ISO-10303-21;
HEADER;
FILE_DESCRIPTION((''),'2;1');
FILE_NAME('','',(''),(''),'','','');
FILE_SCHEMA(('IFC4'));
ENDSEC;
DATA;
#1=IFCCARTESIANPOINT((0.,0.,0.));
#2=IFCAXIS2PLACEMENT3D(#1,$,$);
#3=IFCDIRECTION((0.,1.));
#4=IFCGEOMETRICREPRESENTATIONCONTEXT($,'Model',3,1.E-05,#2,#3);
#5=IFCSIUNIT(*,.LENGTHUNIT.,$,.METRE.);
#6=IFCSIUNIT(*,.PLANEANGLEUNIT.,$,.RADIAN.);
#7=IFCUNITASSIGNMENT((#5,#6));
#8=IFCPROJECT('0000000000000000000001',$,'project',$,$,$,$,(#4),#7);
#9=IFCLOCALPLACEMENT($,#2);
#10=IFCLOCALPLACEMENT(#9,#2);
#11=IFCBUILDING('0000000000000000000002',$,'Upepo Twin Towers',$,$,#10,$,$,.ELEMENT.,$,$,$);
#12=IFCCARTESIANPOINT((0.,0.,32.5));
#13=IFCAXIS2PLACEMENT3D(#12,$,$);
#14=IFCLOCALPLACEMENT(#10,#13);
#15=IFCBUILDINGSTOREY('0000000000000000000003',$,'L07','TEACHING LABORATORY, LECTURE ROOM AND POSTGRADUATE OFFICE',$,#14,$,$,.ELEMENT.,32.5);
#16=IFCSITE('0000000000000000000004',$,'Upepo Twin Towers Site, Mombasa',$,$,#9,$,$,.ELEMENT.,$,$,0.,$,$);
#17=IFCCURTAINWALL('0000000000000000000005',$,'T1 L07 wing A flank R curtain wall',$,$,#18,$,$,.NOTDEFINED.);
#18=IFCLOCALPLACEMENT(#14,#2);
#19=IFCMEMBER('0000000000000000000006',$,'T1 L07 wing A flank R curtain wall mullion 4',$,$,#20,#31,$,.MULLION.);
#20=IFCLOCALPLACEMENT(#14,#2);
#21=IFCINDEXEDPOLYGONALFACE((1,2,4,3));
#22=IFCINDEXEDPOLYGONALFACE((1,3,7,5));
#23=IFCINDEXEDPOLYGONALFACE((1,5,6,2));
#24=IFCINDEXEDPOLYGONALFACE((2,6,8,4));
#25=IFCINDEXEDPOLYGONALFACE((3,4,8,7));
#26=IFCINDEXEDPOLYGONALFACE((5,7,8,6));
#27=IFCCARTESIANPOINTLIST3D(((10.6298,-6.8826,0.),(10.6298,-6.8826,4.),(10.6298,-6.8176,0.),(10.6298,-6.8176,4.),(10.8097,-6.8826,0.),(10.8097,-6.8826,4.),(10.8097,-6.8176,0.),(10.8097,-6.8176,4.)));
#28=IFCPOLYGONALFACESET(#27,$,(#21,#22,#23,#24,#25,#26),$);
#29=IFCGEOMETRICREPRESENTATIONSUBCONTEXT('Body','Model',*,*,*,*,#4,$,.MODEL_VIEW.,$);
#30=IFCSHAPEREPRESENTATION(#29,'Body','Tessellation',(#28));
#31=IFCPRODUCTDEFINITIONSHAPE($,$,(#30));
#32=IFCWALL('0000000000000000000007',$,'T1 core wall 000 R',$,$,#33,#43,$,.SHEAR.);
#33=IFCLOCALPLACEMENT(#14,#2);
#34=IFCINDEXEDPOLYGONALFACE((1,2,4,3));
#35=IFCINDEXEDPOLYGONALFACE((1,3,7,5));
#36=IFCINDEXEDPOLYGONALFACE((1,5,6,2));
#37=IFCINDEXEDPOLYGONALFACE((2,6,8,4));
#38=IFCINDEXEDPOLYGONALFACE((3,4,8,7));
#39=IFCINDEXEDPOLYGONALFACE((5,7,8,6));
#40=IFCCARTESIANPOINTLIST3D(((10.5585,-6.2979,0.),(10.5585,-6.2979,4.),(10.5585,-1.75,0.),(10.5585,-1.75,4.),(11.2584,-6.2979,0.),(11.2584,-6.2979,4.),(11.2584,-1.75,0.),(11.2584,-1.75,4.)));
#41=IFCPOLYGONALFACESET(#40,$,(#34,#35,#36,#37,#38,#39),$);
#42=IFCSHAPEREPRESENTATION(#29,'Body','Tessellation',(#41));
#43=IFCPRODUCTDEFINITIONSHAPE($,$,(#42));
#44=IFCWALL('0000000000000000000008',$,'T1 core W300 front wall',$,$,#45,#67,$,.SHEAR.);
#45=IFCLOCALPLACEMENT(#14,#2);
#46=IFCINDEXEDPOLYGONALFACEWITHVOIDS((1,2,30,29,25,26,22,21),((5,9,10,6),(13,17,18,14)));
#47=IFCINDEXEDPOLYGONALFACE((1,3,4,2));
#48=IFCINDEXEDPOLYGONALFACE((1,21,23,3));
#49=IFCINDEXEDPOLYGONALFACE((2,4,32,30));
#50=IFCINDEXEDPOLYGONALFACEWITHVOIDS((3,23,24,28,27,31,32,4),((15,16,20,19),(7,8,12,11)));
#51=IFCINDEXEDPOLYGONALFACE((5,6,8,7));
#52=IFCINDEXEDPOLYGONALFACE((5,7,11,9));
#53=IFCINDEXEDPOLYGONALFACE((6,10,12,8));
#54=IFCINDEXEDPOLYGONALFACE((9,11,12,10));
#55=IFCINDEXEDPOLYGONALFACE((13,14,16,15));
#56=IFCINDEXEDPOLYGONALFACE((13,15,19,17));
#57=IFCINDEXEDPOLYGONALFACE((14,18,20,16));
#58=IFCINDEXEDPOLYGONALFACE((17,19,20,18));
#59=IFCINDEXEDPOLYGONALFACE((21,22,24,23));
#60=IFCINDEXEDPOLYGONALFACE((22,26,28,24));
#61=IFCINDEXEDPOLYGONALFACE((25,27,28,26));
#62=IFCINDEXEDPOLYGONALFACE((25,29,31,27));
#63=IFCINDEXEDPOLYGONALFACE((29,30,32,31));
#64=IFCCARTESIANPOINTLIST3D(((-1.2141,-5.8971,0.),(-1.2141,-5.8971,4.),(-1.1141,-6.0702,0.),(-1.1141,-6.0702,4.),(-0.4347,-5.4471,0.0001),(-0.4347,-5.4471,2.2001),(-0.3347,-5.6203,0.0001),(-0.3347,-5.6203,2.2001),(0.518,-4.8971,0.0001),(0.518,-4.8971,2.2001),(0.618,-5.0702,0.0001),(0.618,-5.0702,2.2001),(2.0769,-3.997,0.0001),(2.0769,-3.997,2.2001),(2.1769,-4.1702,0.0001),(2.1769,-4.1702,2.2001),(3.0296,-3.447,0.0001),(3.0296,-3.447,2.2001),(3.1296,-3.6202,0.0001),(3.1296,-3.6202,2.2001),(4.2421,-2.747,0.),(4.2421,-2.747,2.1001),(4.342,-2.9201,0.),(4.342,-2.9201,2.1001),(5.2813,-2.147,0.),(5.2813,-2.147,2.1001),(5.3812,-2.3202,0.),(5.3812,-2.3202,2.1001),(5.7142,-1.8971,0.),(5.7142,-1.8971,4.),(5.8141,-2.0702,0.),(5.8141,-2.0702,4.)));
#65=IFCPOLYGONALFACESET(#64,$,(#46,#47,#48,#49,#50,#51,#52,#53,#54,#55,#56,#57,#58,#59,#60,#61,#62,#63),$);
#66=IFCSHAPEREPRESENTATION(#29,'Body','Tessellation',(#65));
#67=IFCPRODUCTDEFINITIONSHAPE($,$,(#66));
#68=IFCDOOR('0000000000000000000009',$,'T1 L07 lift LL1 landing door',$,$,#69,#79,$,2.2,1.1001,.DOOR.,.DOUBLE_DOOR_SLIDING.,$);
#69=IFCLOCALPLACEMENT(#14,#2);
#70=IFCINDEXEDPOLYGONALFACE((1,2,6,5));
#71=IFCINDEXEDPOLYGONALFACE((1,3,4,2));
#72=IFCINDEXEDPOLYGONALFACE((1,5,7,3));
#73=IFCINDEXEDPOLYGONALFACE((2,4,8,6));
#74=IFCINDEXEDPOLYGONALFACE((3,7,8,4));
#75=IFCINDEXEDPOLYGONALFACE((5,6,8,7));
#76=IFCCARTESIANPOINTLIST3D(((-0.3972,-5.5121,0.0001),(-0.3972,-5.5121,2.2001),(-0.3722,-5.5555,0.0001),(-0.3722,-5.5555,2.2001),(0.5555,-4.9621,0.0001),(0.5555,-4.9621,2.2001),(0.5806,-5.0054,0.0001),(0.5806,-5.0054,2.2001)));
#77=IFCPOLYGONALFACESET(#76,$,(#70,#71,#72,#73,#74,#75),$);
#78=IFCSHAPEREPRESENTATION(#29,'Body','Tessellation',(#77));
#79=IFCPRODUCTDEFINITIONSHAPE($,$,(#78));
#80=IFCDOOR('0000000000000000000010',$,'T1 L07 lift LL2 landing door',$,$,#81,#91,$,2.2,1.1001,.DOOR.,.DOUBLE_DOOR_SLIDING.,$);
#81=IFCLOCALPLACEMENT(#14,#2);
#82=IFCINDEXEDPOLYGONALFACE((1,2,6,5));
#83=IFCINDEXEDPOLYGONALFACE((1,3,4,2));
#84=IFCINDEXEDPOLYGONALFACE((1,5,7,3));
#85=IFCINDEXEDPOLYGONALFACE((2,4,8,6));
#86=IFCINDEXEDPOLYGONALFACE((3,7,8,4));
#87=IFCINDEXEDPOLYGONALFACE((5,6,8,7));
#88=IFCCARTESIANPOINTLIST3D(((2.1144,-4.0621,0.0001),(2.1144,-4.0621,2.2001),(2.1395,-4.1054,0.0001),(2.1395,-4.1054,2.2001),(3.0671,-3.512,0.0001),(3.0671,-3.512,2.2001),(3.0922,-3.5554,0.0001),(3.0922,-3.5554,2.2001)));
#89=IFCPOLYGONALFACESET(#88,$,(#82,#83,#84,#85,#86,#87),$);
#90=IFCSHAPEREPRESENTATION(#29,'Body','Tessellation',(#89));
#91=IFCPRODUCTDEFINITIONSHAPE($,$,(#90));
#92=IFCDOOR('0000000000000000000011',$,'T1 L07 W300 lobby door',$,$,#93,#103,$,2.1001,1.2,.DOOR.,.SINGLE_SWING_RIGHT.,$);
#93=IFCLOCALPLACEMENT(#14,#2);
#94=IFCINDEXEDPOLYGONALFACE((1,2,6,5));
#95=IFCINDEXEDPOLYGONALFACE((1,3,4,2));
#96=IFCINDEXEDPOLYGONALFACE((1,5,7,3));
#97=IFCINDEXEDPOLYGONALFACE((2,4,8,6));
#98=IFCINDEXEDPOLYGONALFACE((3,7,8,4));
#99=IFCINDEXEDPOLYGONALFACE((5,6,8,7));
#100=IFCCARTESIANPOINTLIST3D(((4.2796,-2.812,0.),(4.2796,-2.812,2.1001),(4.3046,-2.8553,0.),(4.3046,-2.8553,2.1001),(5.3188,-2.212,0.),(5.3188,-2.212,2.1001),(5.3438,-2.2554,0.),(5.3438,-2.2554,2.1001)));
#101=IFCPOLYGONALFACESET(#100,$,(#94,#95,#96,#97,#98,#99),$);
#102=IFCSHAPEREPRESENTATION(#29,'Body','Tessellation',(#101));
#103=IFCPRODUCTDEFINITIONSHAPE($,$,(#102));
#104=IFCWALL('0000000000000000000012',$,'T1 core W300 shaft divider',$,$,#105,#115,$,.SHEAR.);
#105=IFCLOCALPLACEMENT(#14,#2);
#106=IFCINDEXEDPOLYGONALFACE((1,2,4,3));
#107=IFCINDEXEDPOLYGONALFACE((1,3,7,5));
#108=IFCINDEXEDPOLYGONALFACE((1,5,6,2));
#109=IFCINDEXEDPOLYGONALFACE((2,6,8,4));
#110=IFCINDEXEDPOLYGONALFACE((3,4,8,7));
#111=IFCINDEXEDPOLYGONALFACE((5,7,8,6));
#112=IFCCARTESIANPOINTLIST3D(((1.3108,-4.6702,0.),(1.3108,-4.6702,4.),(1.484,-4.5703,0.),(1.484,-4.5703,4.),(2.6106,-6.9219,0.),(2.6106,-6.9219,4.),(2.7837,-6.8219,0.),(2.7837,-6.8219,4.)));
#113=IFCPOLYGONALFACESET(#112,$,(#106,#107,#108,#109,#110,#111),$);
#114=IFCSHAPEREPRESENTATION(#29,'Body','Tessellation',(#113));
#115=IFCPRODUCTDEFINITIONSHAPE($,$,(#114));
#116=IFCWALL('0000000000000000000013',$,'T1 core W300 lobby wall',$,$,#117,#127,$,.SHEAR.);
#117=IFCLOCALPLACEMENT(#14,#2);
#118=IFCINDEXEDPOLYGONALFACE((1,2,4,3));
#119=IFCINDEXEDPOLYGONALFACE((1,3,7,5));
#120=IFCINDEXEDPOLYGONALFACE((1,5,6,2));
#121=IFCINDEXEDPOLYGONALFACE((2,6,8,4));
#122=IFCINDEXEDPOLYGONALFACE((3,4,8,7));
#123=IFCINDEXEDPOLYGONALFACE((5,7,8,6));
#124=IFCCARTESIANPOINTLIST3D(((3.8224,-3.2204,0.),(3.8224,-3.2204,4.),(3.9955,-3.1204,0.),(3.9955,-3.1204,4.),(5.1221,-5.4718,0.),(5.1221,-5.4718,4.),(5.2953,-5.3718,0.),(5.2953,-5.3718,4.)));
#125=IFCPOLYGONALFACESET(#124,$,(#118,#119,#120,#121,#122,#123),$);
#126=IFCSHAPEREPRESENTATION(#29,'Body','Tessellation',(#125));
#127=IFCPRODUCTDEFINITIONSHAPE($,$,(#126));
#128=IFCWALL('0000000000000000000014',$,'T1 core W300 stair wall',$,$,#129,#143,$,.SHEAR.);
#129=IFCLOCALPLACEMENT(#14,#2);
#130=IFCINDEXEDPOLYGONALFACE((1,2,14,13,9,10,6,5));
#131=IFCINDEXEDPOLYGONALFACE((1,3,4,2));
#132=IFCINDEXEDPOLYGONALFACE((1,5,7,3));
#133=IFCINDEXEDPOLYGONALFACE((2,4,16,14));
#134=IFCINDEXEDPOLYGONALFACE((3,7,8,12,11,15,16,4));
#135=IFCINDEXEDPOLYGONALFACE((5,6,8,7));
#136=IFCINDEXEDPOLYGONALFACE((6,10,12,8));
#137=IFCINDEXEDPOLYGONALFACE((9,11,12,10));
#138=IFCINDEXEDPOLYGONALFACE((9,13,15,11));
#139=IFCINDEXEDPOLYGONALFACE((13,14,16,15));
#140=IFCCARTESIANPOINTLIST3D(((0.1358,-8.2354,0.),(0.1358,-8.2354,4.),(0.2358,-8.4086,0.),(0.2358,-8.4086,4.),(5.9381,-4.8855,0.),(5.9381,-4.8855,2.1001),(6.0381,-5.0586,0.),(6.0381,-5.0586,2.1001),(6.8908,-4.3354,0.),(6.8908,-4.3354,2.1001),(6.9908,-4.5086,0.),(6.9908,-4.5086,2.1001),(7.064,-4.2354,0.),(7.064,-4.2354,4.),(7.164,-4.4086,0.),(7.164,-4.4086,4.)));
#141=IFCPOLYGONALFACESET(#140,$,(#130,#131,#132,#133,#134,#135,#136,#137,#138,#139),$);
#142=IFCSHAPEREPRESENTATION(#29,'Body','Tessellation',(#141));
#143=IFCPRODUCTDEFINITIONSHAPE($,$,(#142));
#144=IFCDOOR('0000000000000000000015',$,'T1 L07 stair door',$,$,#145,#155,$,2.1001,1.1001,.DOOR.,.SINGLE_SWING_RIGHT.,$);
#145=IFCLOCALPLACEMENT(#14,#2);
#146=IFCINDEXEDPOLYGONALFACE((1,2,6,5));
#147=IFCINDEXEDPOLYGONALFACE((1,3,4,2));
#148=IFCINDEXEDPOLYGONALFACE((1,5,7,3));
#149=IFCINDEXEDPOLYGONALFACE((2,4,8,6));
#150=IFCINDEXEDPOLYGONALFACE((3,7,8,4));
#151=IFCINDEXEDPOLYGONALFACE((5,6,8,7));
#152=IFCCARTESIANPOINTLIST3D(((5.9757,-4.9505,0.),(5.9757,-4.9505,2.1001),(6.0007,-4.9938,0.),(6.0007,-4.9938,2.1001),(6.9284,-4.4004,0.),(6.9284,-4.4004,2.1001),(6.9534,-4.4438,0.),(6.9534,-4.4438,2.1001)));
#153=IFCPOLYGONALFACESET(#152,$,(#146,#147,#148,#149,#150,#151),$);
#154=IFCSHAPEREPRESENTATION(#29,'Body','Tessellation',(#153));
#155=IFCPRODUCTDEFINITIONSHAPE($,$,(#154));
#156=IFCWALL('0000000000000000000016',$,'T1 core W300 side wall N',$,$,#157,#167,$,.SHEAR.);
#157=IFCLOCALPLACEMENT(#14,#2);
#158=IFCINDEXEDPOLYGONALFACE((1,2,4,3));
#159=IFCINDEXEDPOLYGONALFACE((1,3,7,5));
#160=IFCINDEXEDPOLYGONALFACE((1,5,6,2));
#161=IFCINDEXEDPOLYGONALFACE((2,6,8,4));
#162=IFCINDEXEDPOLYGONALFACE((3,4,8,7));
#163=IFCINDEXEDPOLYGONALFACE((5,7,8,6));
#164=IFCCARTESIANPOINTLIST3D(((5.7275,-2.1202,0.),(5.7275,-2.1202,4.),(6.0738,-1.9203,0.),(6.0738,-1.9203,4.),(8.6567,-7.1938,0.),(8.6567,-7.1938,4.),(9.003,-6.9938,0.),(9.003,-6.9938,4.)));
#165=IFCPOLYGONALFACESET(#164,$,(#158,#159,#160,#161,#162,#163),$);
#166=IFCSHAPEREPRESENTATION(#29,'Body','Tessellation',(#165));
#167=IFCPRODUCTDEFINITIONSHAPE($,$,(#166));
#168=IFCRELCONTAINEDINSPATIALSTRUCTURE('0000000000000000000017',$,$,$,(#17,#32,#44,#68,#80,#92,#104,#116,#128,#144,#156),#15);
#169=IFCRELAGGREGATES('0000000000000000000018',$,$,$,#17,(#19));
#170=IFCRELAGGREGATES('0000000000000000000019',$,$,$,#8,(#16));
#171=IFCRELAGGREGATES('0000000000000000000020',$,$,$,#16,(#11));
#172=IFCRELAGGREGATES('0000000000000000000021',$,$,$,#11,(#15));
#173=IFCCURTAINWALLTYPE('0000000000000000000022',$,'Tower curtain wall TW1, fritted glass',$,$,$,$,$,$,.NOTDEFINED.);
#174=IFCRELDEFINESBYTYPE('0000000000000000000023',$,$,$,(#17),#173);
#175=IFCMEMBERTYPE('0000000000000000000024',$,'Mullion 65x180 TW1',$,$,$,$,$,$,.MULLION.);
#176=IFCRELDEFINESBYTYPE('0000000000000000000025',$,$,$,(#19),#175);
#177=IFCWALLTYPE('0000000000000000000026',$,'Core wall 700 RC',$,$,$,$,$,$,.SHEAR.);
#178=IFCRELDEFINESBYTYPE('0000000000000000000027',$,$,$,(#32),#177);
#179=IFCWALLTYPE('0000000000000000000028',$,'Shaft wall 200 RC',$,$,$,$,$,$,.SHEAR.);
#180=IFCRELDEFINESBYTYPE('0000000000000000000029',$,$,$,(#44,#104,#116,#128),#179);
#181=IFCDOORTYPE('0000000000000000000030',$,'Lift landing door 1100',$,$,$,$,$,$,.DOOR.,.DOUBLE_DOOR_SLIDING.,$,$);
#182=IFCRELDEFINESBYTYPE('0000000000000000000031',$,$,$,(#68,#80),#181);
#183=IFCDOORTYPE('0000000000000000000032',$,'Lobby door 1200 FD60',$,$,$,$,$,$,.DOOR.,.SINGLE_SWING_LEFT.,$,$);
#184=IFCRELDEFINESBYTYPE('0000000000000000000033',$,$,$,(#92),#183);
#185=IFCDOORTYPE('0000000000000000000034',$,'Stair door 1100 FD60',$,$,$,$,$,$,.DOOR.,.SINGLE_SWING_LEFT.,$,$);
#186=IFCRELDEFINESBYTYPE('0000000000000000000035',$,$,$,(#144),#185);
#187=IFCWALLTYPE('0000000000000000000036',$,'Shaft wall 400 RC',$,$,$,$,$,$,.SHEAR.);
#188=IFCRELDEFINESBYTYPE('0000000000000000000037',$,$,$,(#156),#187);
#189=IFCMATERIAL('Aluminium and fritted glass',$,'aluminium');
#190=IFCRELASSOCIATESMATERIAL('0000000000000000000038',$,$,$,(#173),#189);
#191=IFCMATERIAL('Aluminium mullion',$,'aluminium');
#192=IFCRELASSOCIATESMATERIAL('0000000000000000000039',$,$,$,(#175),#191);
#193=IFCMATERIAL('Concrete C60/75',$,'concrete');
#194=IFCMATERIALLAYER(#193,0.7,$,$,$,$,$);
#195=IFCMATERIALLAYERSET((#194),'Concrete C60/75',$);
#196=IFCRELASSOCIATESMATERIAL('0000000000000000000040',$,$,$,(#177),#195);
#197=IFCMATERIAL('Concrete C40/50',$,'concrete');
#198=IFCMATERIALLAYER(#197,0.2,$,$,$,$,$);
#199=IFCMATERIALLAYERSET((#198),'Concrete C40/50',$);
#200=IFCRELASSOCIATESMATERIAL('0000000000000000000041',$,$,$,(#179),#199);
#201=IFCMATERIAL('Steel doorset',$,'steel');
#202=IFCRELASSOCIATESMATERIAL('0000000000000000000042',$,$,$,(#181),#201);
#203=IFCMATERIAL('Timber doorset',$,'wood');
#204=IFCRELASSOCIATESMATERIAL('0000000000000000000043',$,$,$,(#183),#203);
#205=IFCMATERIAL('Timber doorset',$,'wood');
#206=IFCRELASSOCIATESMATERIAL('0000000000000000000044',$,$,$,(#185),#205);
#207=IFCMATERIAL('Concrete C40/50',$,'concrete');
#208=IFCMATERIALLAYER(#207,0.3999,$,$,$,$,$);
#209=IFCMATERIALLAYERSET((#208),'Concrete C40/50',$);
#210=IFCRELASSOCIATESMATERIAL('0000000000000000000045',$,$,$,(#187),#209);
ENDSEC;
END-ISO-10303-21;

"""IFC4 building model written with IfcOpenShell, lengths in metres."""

from ifc_helpers import new_model, si_unit, direction, frame, frame_2d, origin, origin_2d, place, context, subcontext, project, spatial, rectangle, extrude, material, layer, layer_set, material_profile, profile_set, type_object, element, fill, aggregate, save


model = new_model("IFC4")

# Units and contexts
model_context = context("Model", 3, precision=1e-05, world=origin(), true_north=direction((0.0, 1.0)))
body_context = subcontext(model_context, "Body", "Model", "MODEL_VIEW")
ifc_project = project(units=[si_unit("LENGTHUNIT", "METRE"), si_unit("PLANEANGLEUNIT", "RADIAN")], contexts=[model_context])

# Site, building, storey
site_placement = place(None, origin())
site = spatial("IfcSite", under=ifc_project, at=site_placement, Name="Upepo Twin Towers Site, Mombasa", CompositionType="ELEMENT", RefElevation=0.0)
building_placement = place(site_placement, origin())
building = spatial("IfcBuilding", under=site, at=building_placement, Name="Upepo Twin Towers", CompositionType="ELEMENT")
storey_placement = place(building_placement, frame((0.0, 0.0, 32.5)))
storey = spatial("IfcBuildingStorey", under=building, at=storey_placement, Name="L07", Description="TEACHING LABORATORY, LECTURE ROOM AND POSTGRADUATE OFFICE", CompositionType="ELEMENT", Elevation=32.5)

# Curtain wall, member
ifc_material_1 = material(Name="Aluminium and fritted glass", Category="aluminium")
curtain_wall_type = type_object("IfcCurtainWallType", Name="Tower curtain wall TW1, fritted glass", PredefinedType="NOTDEFINED", material=ifc_material_1)
curtain_wall_placement = place(storey_placement, origin())
curtain_wall = element("IfcCurtainWall", 1, at=curtain_wall_placement, inside=storey, type_object=curtain_wall_type, Name="T1 L07 wing A flank R curtain wall", PredefinedType="NOTDEFINED")
ifc_material_2 = material(Name="Aluminium mullion", Category="aluminium")
ifc_material_profile = material_profile(ifc_material_2, rectangle(XDim=0.0649, YDim=0.1799, at=origin_2d()), Name="MULLION 65x180")
ifc_profile_set = profile_set([ifc_material_profile], Name="Aluminium mullion")
member_type = type_object("IfcMemberType", Name="Mullion 65x180 TW1", PredefinedType="MULLION", material=ifc_profile_set)
member_placement = place(storey_placement, frame((10.7197, -6.8501, 0.0), z_axis=(0.0, 0.0, 1.0), x_axis=(0.0, -1.0, 0.0)))
member = element("IfcMember", 2, at=member_placement, type_object=member_type, Name="T1 L07 wing A flank R curtain wall mullion 4", PredefinedType="MULLION", context=body_context, shape_type="SweptSolid", body=[
    extrude(rectangle(XDim=0.0649, YDim=0.1799, at=origin_2d()), origin(), (0.0, 0.0, 1.0), 4.0),
])
aggregate(curtain_wall, [member])

# Wall
ifc_material_3 = material(Name="Concrete C60/75", Category="concrete")
ifc_layer_1 = layer(ifc_material_3, 0.7)
ifc_layer_set_1 = layer_set([ifc_layer_1], Name="Concrete C60/75")
wall_type_1 = type_object("IfcWallType", Name="Core wall 700 RC", PredefinedType="SHEAR", material=ifc_layer_set_1)
wall_1_placement = place(storey_placement, frame((10.9084, -6.2979, 0.0), z_axis=(0.0, 0.0, 1.0), x_axis=(0.0, 1.0, 0.0)))
element("IfcWall", 3, at=wall_1_placement, inside=storey, type_object=wall_type_1, Name="T1 core wall 000 R", PredefinedType="SHEAR", context=body_context, shape_type="SweptSolid", body=[
    extrude(rectangle(XDim=4.5479, YDim=0.7, at=frame_2d((2.2739, 0.0))), origin(), (0.0, 0.0, 1.0), 4.0),
])

# Wall, openings, doors
ifc_material_4 = material(Name="Concrete C40/50", Category="concrete")
ifc_layer_2 = layer(ifc_material_4, 0.2)
ifc_layer_set_2 = layer_set([ifc_layer_2], Name="Concrete C40/50")
wall_type_2 = type_object("IfcWallType", Name="Shaft wall 200 RC", PredefinedType="SHEAR", material=ifc_layer_set_2)
wall_2_placement = place(storey_placement, frame((-1.1641, -5.9836, 0.0), z_axis=(0.0, 0.0, 1.0), x_axis=(0.866026, 0.499999, 0.0)))
wall_2 = element("IfcWall", 4, at=wall_2_placement, inside=storey, type_object=wall_type_2, Name="T1 core W300 front wall", PredefinedType="SHEAR", context=body_context, shape_type="SweptSolid", body=[
    extrude(rectangle(XDim=8.0, YDim=0.2, at=frame_2d((4.0, 0.0))), origin(), (0.0, 0.0, 1.0), 4.0),
])
opening_1_placement = place(wall_2_placement, frame((6.3, 0.0, 0.0)))
opening_1 = element("IfcOpeningElement", 5, at=opening_1_placement, cuts=wall_2, PredefinedType="OPENING", context=body_context, shape_type="SweptSolid", body=[
    extrude(rectangle(XDim=1.2, YDim=2.1001, at=frame_2d((0.6001, 1.05))), frame((0.0, 0.1099, 0.0), z_axis=(0.0, -1.0, 0.0), x_axis=(1.0, 0.0, 0.0)), (0.0, 0.0, 1.0), 0.22),
])
opening_2_placement = place(wall_2_placement, frame((0.8999, 0.0, 0.0)))
opening_2 = element("IfcOpeningElement", 6, at=opening_2_placement, cuts=wall_2, PredefinedType="OPENING", context=body_context, shape_type="SweptSolid", body=[
    extrude(rectangle(XDim=1.1001, YDim=2.2, at=frame_2d((0.55, 1.1001))), frame((0.0, 0.1099, 0.0), z_axis=(0.0, -1.0, 0.0), x_axis=(1.0, 0.0, 0.0)), (0.0, 0.0, 1.0), 0.22),
])
opening_3_placement = place(wall_2_placement, frame((3.8, 0.0, 0.0)))
opening_3 = element("IfcOpeningElement", 7, at=opening_3_placement, cuts=wall_2, PredefinedType="OPENING", context=body_context, shape_type="SweptSolid", body=[
    extrude(rectangle(XDim=1.1001, YDim=2.2, at=frame_2d((0.55, 1.1001))), frame((0.0, 0.1099, 0.0), z_axis=(0.0, -1.0, 0.0), x_axis=(1.0, 0.0, 0.0)), (0.0, 0.0, 1.0), 0.22),
])
ifc_material_5 = material(Name="Steel doorset", Category="steel")
door_type_1 = type_object("IfcDoorType", Name="Lift landing door 1100", OperationType="DOUBLE_DOOR_SLIDING", PredefinedType="DOOR", material=ifc_material_5)
door_1_placement = place(opening_2_placement, origin())
door_1 = element("IfcDoor", 8, at=door_1_placement, inside=storey, type_object=door_type_1, Name="T1 L07 lift LL1 landing door", OperationType="DOUBLE_DOOR_SLIDING", OverallHeight=2.2, OverallWidth=1.1001, PredefinedType="DOOR", context=body_context, shape_type="SweptSolid", body=[
    extrude(rectangle(XDim=1.1001, YDim=2.2, at=frame_2d((0.55, 1.1001))), frame((0.0, 0.0249, 0.0), z_axis=(0.0, -1.0, 0.0), x_axis=(1.0, 0.0, 0.0)), (0.0, 0.0, 1.0), 0.05),
])
fill(opening_2, door_1)
door_2_placement = place(opening_3_placement, origin())
door_2 = element("IfcDoor", 9, at=door_2_placement, inside=storey, type_object=door_type_1, Name="T1 L07 lift LL2 landing door", OperationType="DOUBLE_DOOR_SLIDING", OverallHeight=2.2, OverallWidth=1.1001, PredefinedType="DOOR", context=body_context, shape_type="SweptSolid", body=[
    extrude(rectangle(XDim=1.1001, YDim=2.2, at=frame_2d((0.55, 1.1001))), frame((0.0, 0.0249, 0.0), z_axis=(0.0, -1.0, 0.0), x_axis=(1.0, 0.0, 0.0)), (0.0, 0.0, 1.0), 0.05),
])
fill(opening_3, door_2)
ifc_material_6 = material(Name="Timber doorset", Category="wood")
door_type_2 = type_object("IfcDoorType", Name="Lobby door 1200 FD60", OperationType="SINGLE_SWING_LEFT", PredefinedType="DOOR", material=ifc_material_6)
door_3_placement = place(opening_1_placement, origin())
door_3 = element("IfcDoor", 10, at=door_3_placement, inside=storey, type_object=door_type_2, Name="T1 L07 W300 lobby door", OperationType="SINGLE_SWING_RIGHT", OverallHeight=2.1001, OverallWidth=1.2, PredefinedType="DOOR", context=body_context, shape_type="SweptSolid", body=[
    extrude(rectangle(XDim=1.2, YDim=2.1001, at=frame_2d((0.6001, 1.05))), frame((0.0, 0.0249, 0.0), z_axis=(0.0, -1.0, 0.0), x_axis=(1.0, 0.0, 0.0)), (0.0, 0.0, 1.0), 0.05),
])
fill(opening_1, door_3)

# Walls
wall_3_placement = place(storey_placement, frame((1.3975, -4.6204, 0.0), z_axis=(0.0, 0.0, 1.0), x_axis=(0.499937, -0.866062, 0.0)))
element("IfcWall", 11, at=wall_3_placement, inside=storey, type_object=wall_type_2, Name="T1 core W300 shaft divider", PredefinedType="SHEAR", context=body_context, shape_type="SweptSolid", body=[
    extrude(rectangle(XDim=2.5999, YDim=0.2, at=frame_2d((1.2998, 0.0))), origin(), (0.0, 0.0, 1.0), 4.0),
])
wall_4_placement = place(storey_placement, frame((3.9089, -3.1704, 0.0), z_axis=(0.0, 0.0, 1.0), x_axis=(0.499977, -0.866039, 0.0)))
element("IfcWall", 12, at=wall_4_placement, inside=storey, type_object=wall_type_2, Name="T1 core W300 lobby wall", PredefinedType="SHEAR", context=body_context, shape_type="SweptSolid", body=[
    extrude(rectangle(XDim=2.5996, YDim=0.2, at=frame_2d((1.2998, 0.0))), origin(), (0.0, 0.0, 1.0), 4.0),
])

# Wall, opening, door
wall_5_placement = place(storey_placement, frame((0.1858, -8.322, 0.0), z_axis=(0.0, 0.0, 1.0), x_axis=(0.866026, 0.499999, 0.0)))
wall_5 = element("IfcWall", 13, at=wall_5_placement, inside=storey, type_object=wall_type_2, Name="T1 core W300 stair wall", PredefinedType="SHEAR", context=body_context, shape_type="SweptSolid", body=[
    extrude(rectangle(XDim=8.0, YDim=0.2, at=frame_2d((4.0, 0.0))), origin(), (0.0, 0.0, 1.0), 4.0),
])
opening_4_placement = place(wall_5_placement, frame((6.7, 0.0, 0.0)))
opening_4 = element("IfcOpeningElement", 14, at=opening_4_placement, cuts=wall_5, PredefinedType="OPENING", context=body_context, shape_type="SweptSolid", body=[
    extrude(rectangle(XDim=1.1001, YDim=2.1001, at=frame_2d((0.55, 1.05))), frame((0.0, 0.1099, 0.0), z_axis=(0.0, -1.0, 0.0), x_axis=(1.0, 0.0, 0.0)), (0.0, 0.0, 1.0), 0.22),
])
ifc_material_7 = material(Name="Timber doorset", Category="wood")
door_type_3 = type_object("IfcDoorType", Name="Stair door 1100 FD60", OperationType="SINGLE_SWING_LEFT", PredefinedType="DOOR", material=ifc_material_7)
door_4_placement = place(opening_4_placement, origin())
door_4 = element("IfcDoor", 15, at=door_4_placement, inside=storey, type_object=door_type_3, Name="T1 L07 stair door", OperationType="SINGLE_SWING_RIGHT", OverallHeight=2.1001, OverallWidth=1.1001, PredefinedType="DOOR", context=body_context, shape_type="SweptSolid", body=[
    extrude(rectangle(XDim=1.1001, YDim=2.1001, at=frame_2d((0.55, 1.05))), frame((0.0, 0.0249, 0.0), z_axis=(0.0, -1.0, 0.0), x_axis=(1.0, 0.0, 0.0)), (0.0, 0.0, 1.0), 0.05),
])
fill(opening_4, door_4)

# Wall
ifc_material_8 = material(Name="Concrete C40/50", Category="concrete")
ifc_layer_3 = layer(ifc_material_8, 0.3999)
ifc_layer_set_3 = layer_set([ifc_layer_3], Name="Concrete C40/50")
wall_type_3 = type_object("IfcWallType", Name="Shaft wall 400 RC", PredefinedType="SHEAR", material=ifc_layer_set_3)
for number, where, z_axis, x_axis, name in (
    (16, (5.9006, -2.0203, 0.0), (0.0, 0.0, 1.0), (0.500003, -0.866024, 0.0), "T1 core W300 side wall N"),
):
    element("IfcWall", number, at=place(storey_placement, frame(where, z_axis=z_axis, x_axis=x_axis)), inside=storey, type_object=wall_type_3, Name=name, PredefinedType="SHEAR", context=body_context, shape_type="SweptSolid", body=[
        extrude(rectangle(XDim=5.8584, YDim=0.3999, at=frame_2d((2.9292, 0.0))), origin(), (0.0, 0.0, 1.0), 4.0),
    ])

save(model, "model.ifc")
